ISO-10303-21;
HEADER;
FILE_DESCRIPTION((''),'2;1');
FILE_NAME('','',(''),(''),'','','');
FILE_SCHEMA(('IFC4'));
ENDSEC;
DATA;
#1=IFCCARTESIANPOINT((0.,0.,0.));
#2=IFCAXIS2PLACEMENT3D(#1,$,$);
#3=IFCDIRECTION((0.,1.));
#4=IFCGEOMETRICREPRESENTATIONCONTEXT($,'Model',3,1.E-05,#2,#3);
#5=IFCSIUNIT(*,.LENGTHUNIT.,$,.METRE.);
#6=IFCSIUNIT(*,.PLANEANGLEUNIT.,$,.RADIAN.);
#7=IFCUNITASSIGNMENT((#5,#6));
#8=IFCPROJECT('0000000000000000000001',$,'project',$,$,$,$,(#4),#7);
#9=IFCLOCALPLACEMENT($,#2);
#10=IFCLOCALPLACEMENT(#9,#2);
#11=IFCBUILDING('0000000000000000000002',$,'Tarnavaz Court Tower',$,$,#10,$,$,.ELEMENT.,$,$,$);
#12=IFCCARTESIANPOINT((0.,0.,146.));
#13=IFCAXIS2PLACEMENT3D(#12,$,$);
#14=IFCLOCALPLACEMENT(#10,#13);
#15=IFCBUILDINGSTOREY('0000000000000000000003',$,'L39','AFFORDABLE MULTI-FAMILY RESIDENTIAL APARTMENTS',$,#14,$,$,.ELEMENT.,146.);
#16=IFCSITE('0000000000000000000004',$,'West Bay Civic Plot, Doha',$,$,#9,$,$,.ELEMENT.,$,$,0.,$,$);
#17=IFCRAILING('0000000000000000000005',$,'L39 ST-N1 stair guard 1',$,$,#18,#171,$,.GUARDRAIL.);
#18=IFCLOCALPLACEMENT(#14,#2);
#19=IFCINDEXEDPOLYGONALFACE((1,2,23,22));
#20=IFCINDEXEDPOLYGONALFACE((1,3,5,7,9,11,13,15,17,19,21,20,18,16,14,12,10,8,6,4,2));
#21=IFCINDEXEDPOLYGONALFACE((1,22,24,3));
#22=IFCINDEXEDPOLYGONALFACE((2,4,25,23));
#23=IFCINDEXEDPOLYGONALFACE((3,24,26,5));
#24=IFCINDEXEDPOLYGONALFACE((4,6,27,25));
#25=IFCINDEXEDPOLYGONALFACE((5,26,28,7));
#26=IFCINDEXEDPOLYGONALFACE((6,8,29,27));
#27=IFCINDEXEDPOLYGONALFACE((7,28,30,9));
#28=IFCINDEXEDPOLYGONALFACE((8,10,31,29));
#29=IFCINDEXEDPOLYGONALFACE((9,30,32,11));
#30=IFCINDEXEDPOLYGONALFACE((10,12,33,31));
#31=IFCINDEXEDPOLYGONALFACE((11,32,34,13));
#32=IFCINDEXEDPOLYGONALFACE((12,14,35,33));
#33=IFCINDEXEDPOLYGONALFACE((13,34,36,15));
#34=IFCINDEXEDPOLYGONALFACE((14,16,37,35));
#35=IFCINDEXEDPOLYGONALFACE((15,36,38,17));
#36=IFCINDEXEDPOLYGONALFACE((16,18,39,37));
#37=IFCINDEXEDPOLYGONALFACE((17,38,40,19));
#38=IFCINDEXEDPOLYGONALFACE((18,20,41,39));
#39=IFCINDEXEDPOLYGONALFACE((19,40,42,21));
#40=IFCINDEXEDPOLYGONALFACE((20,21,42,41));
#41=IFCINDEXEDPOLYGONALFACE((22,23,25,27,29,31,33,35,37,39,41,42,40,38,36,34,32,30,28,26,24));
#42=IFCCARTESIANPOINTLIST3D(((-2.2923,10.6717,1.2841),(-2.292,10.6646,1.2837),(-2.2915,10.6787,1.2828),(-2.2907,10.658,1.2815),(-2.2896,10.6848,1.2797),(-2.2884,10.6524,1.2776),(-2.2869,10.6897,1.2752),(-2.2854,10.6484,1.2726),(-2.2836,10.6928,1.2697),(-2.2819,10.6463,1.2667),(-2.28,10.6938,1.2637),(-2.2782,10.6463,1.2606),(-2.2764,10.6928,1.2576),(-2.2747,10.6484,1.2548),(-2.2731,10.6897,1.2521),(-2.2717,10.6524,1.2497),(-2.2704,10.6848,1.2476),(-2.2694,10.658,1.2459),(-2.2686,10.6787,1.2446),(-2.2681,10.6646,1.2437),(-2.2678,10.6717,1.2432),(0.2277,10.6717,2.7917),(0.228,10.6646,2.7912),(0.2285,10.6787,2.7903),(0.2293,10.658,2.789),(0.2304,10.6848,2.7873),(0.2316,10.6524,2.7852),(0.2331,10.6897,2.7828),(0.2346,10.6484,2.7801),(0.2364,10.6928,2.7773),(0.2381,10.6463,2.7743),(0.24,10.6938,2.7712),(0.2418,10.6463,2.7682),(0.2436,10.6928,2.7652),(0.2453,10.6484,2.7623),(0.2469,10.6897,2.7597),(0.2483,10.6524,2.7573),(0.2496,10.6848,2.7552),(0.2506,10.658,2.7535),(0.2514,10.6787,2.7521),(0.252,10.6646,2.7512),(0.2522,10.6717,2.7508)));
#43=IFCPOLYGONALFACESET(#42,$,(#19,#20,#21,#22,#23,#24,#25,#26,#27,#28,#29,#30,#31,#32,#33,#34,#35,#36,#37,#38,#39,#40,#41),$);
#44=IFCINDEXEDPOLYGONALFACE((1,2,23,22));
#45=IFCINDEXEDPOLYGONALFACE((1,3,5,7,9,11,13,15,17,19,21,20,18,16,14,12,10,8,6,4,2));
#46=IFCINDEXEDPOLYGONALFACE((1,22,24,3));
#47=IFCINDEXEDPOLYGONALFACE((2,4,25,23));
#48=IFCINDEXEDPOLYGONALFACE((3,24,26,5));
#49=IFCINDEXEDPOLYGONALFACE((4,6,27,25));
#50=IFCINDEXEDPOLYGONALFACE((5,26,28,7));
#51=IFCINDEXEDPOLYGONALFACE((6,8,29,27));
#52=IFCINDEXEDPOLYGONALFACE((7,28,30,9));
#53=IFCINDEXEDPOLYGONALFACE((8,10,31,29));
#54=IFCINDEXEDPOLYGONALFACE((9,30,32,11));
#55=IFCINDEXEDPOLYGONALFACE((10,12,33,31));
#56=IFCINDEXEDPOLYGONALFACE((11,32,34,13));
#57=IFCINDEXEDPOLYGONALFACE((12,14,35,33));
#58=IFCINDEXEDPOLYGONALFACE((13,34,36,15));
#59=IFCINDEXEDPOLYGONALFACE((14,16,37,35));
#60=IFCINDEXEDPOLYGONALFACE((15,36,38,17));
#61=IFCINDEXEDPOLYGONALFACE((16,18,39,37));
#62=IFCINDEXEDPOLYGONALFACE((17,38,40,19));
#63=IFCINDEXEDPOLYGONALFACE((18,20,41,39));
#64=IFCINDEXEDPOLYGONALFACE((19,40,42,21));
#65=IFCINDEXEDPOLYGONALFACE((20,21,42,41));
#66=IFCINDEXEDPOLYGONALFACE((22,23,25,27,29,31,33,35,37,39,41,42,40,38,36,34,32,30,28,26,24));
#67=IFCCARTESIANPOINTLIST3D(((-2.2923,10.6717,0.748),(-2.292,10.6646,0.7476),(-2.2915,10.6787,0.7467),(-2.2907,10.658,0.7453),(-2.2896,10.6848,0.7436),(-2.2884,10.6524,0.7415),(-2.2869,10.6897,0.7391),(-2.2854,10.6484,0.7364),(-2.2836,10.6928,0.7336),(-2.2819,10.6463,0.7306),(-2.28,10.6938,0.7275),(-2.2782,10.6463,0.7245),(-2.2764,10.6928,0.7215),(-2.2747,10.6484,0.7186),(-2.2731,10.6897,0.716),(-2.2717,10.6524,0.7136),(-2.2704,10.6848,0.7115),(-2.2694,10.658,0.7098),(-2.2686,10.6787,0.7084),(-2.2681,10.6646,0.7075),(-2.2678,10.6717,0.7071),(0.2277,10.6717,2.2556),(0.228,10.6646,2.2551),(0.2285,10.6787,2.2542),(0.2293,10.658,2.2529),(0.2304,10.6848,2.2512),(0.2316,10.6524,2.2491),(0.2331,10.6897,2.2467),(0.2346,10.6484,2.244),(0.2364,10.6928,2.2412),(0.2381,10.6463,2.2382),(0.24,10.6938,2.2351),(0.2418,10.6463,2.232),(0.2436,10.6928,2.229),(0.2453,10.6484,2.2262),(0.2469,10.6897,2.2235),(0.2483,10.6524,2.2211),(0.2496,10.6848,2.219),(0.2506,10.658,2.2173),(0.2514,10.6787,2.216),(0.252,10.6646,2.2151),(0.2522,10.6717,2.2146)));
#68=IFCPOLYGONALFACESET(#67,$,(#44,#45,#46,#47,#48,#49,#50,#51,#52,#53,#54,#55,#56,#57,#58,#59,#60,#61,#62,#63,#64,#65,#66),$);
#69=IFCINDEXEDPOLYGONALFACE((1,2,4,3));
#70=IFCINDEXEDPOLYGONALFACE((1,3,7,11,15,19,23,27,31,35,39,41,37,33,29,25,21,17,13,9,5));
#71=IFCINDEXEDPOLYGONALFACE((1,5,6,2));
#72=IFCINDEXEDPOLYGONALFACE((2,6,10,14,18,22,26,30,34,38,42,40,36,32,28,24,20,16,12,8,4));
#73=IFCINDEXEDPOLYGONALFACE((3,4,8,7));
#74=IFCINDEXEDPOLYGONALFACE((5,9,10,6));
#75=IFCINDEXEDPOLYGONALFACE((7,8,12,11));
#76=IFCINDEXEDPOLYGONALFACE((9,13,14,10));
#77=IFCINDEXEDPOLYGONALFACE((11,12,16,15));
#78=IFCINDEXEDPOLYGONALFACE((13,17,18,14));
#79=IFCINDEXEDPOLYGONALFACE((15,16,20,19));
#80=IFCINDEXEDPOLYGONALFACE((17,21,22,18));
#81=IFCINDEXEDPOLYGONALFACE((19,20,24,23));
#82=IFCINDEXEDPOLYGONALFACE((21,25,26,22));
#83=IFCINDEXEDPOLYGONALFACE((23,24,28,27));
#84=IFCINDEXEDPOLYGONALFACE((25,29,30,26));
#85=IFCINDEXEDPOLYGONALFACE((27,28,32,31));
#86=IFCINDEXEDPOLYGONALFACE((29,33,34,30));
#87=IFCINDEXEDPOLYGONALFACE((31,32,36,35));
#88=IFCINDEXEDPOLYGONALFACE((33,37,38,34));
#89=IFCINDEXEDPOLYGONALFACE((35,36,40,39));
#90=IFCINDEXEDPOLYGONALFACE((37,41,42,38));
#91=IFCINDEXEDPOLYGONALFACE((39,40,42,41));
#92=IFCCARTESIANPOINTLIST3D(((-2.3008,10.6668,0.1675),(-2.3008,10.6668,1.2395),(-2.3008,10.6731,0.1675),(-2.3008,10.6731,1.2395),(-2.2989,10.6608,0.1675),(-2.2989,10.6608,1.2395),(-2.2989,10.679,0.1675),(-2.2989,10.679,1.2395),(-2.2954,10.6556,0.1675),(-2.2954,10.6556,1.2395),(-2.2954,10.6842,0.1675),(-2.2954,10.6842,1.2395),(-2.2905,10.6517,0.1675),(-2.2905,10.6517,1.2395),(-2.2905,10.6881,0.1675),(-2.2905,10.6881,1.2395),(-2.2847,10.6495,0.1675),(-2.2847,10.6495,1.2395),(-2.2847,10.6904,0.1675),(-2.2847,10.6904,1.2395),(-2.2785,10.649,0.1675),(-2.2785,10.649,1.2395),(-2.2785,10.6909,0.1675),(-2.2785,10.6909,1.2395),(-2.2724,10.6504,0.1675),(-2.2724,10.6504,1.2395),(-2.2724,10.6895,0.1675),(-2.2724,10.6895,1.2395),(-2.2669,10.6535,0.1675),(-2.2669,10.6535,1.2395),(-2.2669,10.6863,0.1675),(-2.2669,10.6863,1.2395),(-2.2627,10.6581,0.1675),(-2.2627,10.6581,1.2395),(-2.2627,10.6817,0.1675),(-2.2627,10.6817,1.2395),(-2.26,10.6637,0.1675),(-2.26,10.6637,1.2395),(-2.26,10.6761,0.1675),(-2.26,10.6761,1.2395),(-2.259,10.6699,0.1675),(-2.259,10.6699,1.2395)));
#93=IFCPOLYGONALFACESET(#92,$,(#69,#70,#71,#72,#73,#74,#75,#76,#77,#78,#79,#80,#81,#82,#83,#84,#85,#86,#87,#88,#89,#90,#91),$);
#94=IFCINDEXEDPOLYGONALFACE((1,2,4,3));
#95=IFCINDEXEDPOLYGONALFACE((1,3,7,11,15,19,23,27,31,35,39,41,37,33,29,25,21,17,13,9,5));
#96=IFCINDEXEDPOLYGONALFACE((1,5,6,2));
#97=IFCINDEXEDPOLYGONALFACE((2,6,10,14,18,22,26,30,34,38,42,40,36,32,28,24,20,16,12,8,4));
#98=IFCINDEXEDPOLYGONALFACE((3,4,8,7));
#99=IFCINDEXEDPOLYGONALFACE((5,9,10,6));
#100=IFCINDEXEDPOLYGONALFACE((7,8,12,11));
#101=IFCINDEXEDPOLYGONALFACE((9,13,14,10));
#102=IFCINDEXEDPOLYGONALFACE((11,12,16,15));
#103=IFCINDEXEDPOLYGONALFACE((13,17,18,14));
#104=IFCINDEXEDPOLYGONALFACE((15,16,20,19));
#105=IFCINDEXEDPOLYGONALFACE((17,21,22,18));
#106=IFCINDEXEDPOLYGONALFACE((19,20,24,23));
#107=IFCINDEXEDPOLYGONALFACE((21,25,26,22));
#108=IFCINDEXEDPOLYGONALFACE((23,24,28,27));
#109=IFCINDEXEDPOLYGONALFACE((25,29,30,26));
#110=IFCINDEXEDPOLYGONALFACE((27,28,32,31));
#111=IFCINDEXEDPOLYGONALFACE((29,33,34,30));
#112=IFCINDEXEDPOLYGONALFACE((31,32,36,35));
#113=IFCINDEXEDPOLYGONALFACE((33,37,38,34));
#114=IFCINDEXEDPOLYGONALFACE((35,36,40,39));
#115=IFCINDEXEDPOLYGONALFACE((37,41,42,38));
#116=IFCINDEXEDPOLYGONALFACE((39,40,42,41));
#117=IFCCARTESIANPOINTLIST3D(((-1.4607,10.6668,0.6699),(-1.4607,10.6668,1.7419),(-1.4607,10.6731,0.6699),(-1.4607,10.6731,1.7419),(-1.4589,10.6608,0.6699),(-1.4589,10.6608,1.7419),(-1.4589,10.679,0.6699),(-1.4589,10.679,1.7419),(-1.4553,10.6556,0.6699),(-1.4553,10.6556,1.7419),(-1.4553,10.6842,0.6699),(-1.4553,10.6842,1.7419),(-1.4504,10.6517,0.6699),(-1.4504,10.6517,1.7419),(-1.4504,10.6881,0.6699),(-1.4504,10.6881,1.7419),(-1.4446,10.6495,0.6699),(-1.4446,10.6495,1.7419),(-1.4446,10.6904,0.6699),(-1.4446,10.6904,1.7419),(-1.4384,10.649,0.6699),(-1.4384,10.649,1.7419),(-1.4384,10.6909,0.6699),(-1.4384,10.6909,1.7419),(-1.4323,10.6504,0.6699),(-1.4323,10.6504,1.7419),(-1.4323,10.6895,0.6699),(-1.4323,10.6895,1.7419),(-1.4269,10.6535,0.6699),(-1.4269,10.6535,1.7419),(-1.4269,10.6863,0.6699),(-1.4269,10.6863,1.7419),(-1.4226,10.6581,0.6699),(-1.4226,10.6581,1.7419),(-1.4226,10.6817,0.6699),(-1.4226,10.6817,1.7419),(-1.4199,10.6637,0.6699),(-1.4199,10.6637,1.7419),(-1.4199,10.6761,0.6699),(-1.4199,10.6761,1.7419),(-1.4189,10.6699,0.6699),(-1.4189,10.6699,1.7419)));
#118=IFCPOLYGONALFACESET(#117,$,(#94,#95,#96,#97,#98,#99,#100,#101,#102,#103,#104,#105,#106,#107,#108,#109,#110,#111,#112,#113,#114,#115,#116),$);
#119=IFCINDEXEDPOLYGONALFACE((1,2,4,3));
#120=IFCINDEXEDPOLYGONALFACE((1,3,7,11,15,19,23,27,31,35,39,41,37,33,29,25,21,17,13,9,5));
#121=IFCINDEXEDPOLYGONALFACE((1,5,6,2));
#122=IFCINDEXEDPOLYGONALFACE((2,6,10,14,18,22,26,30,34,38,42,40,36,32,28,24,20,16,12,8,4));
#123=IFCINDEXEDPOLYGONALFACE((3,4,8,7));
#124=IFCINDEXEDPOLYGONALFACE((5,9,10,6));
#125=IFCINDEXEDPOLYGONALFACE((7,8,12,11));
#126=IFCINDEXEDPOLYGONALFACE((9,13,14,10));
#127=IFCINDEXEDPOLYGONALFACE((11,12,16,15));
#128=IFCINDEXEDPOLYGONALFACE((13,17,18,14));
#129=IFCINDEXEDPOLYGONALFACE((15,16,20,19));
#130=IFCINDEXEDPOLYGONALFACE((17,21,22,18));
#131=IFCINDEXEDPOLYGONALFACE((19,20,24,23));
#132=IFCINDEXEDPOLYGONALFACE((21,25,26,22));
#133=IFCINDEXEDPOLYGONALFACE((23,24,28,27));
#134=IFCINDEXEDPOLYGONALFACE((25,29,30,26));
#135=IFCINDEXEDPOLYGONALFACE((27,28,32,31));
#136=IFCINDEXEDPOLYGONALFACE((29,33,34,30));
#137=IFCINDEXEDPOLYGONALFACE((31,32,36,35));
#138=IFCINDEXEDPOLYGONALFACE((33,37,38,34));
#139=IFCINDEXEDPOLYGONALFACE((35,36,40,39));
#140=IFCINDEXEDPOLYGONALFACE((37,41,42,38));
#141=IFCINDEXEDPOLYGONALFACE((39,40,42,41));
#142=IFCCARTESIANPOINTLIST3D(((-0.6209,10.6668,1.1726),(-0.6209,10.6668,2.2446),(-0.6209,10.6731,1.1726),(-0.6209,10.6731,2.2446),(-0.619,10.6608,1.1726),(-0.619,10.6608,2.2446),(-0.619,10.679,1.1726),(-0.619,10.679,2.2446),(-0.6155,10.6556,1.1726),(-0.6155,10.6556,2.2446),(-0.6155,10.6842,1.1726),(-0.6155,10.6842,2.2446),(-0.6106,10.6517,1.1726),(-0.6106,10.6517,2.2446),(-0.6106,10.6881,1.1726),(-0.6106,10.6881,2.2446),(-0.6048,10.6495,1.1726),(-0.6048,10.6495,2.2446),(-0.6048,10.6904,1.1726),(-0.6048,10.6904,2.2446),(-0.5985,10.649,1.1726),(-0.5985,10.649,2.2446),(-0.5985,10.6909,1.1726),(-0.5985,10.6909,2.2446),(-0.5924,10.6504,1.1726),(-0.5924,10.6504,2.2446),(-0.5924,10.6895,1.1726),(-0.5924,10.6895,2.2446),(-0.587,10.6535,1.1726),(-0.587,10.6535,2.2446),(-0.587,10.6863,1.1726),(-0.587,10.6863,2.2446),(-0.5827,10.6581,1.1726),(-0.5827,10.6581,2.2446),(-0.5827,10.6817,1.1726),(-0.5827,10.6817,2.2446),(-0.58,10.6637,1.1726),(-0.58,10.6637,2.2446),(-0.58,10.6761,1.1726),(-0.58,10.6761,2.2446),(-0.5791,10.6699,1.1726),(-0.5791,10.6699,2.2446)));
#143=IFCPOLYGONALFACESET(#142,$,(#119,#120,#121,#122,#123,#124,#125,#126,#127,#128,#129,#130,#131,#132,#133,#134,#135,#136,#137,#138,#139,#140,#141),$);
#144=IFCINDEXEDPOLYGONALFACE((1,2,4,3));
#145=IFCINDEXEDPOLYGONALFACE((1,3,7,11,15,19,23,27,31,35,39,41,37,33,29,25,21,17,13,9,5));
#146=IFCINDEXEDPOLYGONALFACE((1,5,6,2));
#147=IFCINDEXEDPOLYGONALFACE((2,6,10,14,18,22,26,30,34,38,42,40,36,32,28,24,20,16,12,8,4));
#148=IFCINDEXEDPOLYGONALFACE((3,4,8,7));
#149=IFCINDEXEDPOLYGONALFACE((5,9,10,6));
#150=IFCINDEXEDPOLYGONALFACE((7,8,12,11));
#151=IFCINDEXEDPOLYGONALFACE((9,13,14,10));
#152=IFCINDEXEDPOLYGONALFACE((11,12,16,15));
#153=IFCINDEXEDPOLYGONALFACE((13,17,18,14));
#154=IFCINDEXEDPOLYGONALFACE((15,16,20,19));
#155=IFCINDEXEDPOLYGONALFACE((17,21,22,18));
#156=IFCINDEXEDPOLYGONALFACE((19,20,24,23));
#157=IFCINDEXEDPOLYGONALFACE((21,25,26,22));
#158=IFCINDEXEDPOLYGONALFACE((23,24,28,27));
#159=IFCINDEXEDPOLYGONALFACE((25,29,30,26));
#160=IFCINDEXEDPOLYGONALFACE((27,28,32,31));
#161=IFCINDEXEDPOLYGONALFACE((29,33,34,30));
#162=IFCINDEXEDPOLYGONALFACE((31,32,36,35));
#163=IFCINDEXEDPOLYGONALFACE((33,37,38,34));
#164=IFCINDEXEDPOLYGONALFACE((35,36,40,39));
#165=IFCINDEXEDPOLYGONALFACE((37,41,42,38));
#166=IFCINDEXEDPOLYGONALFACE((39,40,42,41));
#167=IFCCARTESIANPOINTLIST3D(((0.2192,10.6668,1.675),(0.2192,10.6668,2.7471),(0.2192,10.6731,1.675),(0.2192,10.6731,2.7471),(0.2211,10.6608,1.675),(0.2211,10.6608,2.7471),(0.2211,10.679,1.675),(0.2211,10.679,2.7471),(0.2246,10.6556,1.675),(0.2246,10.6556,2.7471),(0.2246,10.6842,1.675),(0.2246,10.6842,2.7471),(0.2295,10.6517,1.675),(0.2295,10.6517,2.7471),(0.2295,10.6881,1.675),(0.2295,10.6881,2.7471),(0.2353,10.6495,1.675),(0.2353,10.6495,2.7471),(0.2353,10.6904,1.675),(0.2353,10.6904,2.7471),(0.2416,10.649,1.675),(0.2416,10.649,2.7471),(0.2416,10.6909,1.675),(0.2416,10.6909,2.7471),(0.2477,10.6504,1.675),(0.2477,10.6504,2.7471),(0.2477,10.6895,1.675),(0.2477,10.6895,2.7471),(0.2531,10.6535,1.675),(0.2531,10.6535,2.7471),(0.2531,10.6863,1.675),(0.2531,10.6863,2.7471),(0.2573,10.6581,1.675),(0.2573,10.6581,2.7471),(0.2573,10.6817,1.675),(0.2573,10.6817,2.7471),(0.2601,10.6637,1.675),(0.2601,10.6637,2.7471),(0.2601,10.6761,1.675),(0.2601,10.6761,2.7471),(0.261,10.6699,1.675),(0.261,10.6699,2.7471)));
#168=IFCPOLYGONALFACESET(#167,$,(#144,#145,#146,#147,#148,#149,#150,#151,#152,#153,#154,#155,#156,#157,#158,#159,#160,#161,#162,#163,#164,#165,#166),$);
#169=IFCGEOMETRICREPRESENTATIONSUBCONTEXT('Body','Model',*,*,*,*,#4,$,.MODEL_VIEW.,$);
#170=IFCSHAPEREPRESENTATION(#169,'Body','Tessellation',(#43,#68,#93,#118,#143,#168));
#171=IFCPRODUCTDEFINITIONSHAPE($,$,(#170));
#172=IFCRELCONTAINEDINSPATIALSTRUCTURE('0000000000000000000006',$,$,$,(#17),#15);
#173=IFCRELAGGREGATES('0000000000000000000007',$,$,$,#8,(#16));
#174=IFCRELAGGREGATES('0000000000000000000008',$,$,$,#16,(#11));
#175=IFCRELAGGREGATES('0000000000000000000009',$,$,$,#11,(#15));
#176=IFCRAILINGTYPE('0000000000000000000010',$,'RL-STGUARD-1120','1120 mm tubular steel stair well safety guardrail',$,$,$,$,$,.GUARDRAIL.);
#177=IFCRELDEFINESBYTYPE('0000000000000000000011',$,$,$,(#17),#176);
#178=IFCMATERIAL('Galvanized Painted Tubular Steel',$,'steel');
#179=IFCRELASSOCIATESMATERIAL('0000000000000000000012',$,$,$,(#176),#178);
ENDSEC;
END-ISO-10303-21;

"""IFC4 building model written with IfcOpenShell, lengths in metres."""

from ifc_helpers import new_model, si_unit, direction, frame, origin, origin_2d, place, context, subcontext, project, spatial, circle, extrude, material, type_object, element, save


model = new_model("IFC4")

# Units and contexts
model_context = context("Model", 3, precision=1e-05, world=origin(), true_north=direction((0.0, 1.0)))
body_context = subcontext(model_context, "Body", "Model", "MODEL_VIEW")
ifc_project = project(units=[si_unit("LENGTHUNIT", "METRE"), si_unit("PLANEANGLEUNIT", "RADIAN")], contexts=[model_context])

# Site, building, storey
site_placement = place(None, origin())
site = spatial("IfcSite", under=ifc_project, at=site_placement, Name="West Bay Civic Plot, Doha", CompositionType="ELEMENT", RefElevation=0.0)
building_placement = place(site_placement, origin())
building = spatial("IfcBuilding", under=site, at=building_placement, Name="Tarnavaz Court Tower", CompositionType="ELEMENT")
storey_placement = place(building_placement, frame((0.0, 0.0, 146.0)))
storey = spatial("IfcBuildingStorey", under=building, at=storey_placement, Name="L39", Description="AFFORDABLE MULTI-FAMILY RESIDENTIAL APARTMENTS", CompositionType="ELEMENT", Elevation=146.0)

# Railing
ifc_material_1 = material(Name="Galvanized Painted Tubular Steel", Category="steel")
railing_type_1 = type_object("IfcRailingType", Name="RL-STGUARD-1120", Description="1120 mm tubular steel stair well safety guardrail", PredefinedType="GUARDRAIL", material=ifc_material_1)
railing_1_placement = place(storey_placement, frame((-2.28, 10.6699, 0.1675)))
element("IfcRailing", 1, at=railing_1_placement, inside=storey, type_object=railing_type_1, Name="L39 ST-N1 stair guard 1", PredefinedType="GUARDRAIL", context=body_context, shape_type="SweptSolid", body=[
    extrude(circle(Radius=0.0239, at=origin_2d()), frame((0.0, 0.0, 1.0962), z_axis=(0.85816, 0.0, 0.513383), x_axis=(0.0, 1.0, 0.0)), (0.0, 0.0, 1.0), 2.9365),
    extrude(circle(Radius=0.0239, at=origin_2d()), frame((0.0, 0.0, 0.5601), z_axis=(0.85816, 0.0, 0.513383), x_axis=(0.0, 1.0, 0.0)), (0.0, 0.0, 1.0), 2.9365),
    extrude(circle(Radius=0.021, at=origin_2d()), origin(), (0.0, 0.0, 1.0), 1.072),
    extrude(circle(Radius=0.021, at=origin_2d()), frame((0.8401, 0.0, 0.5024)), (0.0, 0.0, 1.0), 1.072),
    extrude(circle(Radius=0.021, at=origin_2d()), frame((1.6799, 0.0, 1.0051)), (0.0, 0.0, 1.0), 1.072),
    extrude(circle(Radius=0.021, at=origin_2d()), frame((2.52, 0.0, 1.5076)), (0.0, 0.0, 1.0), 1.072),
])

save(model, "model.ifc")
